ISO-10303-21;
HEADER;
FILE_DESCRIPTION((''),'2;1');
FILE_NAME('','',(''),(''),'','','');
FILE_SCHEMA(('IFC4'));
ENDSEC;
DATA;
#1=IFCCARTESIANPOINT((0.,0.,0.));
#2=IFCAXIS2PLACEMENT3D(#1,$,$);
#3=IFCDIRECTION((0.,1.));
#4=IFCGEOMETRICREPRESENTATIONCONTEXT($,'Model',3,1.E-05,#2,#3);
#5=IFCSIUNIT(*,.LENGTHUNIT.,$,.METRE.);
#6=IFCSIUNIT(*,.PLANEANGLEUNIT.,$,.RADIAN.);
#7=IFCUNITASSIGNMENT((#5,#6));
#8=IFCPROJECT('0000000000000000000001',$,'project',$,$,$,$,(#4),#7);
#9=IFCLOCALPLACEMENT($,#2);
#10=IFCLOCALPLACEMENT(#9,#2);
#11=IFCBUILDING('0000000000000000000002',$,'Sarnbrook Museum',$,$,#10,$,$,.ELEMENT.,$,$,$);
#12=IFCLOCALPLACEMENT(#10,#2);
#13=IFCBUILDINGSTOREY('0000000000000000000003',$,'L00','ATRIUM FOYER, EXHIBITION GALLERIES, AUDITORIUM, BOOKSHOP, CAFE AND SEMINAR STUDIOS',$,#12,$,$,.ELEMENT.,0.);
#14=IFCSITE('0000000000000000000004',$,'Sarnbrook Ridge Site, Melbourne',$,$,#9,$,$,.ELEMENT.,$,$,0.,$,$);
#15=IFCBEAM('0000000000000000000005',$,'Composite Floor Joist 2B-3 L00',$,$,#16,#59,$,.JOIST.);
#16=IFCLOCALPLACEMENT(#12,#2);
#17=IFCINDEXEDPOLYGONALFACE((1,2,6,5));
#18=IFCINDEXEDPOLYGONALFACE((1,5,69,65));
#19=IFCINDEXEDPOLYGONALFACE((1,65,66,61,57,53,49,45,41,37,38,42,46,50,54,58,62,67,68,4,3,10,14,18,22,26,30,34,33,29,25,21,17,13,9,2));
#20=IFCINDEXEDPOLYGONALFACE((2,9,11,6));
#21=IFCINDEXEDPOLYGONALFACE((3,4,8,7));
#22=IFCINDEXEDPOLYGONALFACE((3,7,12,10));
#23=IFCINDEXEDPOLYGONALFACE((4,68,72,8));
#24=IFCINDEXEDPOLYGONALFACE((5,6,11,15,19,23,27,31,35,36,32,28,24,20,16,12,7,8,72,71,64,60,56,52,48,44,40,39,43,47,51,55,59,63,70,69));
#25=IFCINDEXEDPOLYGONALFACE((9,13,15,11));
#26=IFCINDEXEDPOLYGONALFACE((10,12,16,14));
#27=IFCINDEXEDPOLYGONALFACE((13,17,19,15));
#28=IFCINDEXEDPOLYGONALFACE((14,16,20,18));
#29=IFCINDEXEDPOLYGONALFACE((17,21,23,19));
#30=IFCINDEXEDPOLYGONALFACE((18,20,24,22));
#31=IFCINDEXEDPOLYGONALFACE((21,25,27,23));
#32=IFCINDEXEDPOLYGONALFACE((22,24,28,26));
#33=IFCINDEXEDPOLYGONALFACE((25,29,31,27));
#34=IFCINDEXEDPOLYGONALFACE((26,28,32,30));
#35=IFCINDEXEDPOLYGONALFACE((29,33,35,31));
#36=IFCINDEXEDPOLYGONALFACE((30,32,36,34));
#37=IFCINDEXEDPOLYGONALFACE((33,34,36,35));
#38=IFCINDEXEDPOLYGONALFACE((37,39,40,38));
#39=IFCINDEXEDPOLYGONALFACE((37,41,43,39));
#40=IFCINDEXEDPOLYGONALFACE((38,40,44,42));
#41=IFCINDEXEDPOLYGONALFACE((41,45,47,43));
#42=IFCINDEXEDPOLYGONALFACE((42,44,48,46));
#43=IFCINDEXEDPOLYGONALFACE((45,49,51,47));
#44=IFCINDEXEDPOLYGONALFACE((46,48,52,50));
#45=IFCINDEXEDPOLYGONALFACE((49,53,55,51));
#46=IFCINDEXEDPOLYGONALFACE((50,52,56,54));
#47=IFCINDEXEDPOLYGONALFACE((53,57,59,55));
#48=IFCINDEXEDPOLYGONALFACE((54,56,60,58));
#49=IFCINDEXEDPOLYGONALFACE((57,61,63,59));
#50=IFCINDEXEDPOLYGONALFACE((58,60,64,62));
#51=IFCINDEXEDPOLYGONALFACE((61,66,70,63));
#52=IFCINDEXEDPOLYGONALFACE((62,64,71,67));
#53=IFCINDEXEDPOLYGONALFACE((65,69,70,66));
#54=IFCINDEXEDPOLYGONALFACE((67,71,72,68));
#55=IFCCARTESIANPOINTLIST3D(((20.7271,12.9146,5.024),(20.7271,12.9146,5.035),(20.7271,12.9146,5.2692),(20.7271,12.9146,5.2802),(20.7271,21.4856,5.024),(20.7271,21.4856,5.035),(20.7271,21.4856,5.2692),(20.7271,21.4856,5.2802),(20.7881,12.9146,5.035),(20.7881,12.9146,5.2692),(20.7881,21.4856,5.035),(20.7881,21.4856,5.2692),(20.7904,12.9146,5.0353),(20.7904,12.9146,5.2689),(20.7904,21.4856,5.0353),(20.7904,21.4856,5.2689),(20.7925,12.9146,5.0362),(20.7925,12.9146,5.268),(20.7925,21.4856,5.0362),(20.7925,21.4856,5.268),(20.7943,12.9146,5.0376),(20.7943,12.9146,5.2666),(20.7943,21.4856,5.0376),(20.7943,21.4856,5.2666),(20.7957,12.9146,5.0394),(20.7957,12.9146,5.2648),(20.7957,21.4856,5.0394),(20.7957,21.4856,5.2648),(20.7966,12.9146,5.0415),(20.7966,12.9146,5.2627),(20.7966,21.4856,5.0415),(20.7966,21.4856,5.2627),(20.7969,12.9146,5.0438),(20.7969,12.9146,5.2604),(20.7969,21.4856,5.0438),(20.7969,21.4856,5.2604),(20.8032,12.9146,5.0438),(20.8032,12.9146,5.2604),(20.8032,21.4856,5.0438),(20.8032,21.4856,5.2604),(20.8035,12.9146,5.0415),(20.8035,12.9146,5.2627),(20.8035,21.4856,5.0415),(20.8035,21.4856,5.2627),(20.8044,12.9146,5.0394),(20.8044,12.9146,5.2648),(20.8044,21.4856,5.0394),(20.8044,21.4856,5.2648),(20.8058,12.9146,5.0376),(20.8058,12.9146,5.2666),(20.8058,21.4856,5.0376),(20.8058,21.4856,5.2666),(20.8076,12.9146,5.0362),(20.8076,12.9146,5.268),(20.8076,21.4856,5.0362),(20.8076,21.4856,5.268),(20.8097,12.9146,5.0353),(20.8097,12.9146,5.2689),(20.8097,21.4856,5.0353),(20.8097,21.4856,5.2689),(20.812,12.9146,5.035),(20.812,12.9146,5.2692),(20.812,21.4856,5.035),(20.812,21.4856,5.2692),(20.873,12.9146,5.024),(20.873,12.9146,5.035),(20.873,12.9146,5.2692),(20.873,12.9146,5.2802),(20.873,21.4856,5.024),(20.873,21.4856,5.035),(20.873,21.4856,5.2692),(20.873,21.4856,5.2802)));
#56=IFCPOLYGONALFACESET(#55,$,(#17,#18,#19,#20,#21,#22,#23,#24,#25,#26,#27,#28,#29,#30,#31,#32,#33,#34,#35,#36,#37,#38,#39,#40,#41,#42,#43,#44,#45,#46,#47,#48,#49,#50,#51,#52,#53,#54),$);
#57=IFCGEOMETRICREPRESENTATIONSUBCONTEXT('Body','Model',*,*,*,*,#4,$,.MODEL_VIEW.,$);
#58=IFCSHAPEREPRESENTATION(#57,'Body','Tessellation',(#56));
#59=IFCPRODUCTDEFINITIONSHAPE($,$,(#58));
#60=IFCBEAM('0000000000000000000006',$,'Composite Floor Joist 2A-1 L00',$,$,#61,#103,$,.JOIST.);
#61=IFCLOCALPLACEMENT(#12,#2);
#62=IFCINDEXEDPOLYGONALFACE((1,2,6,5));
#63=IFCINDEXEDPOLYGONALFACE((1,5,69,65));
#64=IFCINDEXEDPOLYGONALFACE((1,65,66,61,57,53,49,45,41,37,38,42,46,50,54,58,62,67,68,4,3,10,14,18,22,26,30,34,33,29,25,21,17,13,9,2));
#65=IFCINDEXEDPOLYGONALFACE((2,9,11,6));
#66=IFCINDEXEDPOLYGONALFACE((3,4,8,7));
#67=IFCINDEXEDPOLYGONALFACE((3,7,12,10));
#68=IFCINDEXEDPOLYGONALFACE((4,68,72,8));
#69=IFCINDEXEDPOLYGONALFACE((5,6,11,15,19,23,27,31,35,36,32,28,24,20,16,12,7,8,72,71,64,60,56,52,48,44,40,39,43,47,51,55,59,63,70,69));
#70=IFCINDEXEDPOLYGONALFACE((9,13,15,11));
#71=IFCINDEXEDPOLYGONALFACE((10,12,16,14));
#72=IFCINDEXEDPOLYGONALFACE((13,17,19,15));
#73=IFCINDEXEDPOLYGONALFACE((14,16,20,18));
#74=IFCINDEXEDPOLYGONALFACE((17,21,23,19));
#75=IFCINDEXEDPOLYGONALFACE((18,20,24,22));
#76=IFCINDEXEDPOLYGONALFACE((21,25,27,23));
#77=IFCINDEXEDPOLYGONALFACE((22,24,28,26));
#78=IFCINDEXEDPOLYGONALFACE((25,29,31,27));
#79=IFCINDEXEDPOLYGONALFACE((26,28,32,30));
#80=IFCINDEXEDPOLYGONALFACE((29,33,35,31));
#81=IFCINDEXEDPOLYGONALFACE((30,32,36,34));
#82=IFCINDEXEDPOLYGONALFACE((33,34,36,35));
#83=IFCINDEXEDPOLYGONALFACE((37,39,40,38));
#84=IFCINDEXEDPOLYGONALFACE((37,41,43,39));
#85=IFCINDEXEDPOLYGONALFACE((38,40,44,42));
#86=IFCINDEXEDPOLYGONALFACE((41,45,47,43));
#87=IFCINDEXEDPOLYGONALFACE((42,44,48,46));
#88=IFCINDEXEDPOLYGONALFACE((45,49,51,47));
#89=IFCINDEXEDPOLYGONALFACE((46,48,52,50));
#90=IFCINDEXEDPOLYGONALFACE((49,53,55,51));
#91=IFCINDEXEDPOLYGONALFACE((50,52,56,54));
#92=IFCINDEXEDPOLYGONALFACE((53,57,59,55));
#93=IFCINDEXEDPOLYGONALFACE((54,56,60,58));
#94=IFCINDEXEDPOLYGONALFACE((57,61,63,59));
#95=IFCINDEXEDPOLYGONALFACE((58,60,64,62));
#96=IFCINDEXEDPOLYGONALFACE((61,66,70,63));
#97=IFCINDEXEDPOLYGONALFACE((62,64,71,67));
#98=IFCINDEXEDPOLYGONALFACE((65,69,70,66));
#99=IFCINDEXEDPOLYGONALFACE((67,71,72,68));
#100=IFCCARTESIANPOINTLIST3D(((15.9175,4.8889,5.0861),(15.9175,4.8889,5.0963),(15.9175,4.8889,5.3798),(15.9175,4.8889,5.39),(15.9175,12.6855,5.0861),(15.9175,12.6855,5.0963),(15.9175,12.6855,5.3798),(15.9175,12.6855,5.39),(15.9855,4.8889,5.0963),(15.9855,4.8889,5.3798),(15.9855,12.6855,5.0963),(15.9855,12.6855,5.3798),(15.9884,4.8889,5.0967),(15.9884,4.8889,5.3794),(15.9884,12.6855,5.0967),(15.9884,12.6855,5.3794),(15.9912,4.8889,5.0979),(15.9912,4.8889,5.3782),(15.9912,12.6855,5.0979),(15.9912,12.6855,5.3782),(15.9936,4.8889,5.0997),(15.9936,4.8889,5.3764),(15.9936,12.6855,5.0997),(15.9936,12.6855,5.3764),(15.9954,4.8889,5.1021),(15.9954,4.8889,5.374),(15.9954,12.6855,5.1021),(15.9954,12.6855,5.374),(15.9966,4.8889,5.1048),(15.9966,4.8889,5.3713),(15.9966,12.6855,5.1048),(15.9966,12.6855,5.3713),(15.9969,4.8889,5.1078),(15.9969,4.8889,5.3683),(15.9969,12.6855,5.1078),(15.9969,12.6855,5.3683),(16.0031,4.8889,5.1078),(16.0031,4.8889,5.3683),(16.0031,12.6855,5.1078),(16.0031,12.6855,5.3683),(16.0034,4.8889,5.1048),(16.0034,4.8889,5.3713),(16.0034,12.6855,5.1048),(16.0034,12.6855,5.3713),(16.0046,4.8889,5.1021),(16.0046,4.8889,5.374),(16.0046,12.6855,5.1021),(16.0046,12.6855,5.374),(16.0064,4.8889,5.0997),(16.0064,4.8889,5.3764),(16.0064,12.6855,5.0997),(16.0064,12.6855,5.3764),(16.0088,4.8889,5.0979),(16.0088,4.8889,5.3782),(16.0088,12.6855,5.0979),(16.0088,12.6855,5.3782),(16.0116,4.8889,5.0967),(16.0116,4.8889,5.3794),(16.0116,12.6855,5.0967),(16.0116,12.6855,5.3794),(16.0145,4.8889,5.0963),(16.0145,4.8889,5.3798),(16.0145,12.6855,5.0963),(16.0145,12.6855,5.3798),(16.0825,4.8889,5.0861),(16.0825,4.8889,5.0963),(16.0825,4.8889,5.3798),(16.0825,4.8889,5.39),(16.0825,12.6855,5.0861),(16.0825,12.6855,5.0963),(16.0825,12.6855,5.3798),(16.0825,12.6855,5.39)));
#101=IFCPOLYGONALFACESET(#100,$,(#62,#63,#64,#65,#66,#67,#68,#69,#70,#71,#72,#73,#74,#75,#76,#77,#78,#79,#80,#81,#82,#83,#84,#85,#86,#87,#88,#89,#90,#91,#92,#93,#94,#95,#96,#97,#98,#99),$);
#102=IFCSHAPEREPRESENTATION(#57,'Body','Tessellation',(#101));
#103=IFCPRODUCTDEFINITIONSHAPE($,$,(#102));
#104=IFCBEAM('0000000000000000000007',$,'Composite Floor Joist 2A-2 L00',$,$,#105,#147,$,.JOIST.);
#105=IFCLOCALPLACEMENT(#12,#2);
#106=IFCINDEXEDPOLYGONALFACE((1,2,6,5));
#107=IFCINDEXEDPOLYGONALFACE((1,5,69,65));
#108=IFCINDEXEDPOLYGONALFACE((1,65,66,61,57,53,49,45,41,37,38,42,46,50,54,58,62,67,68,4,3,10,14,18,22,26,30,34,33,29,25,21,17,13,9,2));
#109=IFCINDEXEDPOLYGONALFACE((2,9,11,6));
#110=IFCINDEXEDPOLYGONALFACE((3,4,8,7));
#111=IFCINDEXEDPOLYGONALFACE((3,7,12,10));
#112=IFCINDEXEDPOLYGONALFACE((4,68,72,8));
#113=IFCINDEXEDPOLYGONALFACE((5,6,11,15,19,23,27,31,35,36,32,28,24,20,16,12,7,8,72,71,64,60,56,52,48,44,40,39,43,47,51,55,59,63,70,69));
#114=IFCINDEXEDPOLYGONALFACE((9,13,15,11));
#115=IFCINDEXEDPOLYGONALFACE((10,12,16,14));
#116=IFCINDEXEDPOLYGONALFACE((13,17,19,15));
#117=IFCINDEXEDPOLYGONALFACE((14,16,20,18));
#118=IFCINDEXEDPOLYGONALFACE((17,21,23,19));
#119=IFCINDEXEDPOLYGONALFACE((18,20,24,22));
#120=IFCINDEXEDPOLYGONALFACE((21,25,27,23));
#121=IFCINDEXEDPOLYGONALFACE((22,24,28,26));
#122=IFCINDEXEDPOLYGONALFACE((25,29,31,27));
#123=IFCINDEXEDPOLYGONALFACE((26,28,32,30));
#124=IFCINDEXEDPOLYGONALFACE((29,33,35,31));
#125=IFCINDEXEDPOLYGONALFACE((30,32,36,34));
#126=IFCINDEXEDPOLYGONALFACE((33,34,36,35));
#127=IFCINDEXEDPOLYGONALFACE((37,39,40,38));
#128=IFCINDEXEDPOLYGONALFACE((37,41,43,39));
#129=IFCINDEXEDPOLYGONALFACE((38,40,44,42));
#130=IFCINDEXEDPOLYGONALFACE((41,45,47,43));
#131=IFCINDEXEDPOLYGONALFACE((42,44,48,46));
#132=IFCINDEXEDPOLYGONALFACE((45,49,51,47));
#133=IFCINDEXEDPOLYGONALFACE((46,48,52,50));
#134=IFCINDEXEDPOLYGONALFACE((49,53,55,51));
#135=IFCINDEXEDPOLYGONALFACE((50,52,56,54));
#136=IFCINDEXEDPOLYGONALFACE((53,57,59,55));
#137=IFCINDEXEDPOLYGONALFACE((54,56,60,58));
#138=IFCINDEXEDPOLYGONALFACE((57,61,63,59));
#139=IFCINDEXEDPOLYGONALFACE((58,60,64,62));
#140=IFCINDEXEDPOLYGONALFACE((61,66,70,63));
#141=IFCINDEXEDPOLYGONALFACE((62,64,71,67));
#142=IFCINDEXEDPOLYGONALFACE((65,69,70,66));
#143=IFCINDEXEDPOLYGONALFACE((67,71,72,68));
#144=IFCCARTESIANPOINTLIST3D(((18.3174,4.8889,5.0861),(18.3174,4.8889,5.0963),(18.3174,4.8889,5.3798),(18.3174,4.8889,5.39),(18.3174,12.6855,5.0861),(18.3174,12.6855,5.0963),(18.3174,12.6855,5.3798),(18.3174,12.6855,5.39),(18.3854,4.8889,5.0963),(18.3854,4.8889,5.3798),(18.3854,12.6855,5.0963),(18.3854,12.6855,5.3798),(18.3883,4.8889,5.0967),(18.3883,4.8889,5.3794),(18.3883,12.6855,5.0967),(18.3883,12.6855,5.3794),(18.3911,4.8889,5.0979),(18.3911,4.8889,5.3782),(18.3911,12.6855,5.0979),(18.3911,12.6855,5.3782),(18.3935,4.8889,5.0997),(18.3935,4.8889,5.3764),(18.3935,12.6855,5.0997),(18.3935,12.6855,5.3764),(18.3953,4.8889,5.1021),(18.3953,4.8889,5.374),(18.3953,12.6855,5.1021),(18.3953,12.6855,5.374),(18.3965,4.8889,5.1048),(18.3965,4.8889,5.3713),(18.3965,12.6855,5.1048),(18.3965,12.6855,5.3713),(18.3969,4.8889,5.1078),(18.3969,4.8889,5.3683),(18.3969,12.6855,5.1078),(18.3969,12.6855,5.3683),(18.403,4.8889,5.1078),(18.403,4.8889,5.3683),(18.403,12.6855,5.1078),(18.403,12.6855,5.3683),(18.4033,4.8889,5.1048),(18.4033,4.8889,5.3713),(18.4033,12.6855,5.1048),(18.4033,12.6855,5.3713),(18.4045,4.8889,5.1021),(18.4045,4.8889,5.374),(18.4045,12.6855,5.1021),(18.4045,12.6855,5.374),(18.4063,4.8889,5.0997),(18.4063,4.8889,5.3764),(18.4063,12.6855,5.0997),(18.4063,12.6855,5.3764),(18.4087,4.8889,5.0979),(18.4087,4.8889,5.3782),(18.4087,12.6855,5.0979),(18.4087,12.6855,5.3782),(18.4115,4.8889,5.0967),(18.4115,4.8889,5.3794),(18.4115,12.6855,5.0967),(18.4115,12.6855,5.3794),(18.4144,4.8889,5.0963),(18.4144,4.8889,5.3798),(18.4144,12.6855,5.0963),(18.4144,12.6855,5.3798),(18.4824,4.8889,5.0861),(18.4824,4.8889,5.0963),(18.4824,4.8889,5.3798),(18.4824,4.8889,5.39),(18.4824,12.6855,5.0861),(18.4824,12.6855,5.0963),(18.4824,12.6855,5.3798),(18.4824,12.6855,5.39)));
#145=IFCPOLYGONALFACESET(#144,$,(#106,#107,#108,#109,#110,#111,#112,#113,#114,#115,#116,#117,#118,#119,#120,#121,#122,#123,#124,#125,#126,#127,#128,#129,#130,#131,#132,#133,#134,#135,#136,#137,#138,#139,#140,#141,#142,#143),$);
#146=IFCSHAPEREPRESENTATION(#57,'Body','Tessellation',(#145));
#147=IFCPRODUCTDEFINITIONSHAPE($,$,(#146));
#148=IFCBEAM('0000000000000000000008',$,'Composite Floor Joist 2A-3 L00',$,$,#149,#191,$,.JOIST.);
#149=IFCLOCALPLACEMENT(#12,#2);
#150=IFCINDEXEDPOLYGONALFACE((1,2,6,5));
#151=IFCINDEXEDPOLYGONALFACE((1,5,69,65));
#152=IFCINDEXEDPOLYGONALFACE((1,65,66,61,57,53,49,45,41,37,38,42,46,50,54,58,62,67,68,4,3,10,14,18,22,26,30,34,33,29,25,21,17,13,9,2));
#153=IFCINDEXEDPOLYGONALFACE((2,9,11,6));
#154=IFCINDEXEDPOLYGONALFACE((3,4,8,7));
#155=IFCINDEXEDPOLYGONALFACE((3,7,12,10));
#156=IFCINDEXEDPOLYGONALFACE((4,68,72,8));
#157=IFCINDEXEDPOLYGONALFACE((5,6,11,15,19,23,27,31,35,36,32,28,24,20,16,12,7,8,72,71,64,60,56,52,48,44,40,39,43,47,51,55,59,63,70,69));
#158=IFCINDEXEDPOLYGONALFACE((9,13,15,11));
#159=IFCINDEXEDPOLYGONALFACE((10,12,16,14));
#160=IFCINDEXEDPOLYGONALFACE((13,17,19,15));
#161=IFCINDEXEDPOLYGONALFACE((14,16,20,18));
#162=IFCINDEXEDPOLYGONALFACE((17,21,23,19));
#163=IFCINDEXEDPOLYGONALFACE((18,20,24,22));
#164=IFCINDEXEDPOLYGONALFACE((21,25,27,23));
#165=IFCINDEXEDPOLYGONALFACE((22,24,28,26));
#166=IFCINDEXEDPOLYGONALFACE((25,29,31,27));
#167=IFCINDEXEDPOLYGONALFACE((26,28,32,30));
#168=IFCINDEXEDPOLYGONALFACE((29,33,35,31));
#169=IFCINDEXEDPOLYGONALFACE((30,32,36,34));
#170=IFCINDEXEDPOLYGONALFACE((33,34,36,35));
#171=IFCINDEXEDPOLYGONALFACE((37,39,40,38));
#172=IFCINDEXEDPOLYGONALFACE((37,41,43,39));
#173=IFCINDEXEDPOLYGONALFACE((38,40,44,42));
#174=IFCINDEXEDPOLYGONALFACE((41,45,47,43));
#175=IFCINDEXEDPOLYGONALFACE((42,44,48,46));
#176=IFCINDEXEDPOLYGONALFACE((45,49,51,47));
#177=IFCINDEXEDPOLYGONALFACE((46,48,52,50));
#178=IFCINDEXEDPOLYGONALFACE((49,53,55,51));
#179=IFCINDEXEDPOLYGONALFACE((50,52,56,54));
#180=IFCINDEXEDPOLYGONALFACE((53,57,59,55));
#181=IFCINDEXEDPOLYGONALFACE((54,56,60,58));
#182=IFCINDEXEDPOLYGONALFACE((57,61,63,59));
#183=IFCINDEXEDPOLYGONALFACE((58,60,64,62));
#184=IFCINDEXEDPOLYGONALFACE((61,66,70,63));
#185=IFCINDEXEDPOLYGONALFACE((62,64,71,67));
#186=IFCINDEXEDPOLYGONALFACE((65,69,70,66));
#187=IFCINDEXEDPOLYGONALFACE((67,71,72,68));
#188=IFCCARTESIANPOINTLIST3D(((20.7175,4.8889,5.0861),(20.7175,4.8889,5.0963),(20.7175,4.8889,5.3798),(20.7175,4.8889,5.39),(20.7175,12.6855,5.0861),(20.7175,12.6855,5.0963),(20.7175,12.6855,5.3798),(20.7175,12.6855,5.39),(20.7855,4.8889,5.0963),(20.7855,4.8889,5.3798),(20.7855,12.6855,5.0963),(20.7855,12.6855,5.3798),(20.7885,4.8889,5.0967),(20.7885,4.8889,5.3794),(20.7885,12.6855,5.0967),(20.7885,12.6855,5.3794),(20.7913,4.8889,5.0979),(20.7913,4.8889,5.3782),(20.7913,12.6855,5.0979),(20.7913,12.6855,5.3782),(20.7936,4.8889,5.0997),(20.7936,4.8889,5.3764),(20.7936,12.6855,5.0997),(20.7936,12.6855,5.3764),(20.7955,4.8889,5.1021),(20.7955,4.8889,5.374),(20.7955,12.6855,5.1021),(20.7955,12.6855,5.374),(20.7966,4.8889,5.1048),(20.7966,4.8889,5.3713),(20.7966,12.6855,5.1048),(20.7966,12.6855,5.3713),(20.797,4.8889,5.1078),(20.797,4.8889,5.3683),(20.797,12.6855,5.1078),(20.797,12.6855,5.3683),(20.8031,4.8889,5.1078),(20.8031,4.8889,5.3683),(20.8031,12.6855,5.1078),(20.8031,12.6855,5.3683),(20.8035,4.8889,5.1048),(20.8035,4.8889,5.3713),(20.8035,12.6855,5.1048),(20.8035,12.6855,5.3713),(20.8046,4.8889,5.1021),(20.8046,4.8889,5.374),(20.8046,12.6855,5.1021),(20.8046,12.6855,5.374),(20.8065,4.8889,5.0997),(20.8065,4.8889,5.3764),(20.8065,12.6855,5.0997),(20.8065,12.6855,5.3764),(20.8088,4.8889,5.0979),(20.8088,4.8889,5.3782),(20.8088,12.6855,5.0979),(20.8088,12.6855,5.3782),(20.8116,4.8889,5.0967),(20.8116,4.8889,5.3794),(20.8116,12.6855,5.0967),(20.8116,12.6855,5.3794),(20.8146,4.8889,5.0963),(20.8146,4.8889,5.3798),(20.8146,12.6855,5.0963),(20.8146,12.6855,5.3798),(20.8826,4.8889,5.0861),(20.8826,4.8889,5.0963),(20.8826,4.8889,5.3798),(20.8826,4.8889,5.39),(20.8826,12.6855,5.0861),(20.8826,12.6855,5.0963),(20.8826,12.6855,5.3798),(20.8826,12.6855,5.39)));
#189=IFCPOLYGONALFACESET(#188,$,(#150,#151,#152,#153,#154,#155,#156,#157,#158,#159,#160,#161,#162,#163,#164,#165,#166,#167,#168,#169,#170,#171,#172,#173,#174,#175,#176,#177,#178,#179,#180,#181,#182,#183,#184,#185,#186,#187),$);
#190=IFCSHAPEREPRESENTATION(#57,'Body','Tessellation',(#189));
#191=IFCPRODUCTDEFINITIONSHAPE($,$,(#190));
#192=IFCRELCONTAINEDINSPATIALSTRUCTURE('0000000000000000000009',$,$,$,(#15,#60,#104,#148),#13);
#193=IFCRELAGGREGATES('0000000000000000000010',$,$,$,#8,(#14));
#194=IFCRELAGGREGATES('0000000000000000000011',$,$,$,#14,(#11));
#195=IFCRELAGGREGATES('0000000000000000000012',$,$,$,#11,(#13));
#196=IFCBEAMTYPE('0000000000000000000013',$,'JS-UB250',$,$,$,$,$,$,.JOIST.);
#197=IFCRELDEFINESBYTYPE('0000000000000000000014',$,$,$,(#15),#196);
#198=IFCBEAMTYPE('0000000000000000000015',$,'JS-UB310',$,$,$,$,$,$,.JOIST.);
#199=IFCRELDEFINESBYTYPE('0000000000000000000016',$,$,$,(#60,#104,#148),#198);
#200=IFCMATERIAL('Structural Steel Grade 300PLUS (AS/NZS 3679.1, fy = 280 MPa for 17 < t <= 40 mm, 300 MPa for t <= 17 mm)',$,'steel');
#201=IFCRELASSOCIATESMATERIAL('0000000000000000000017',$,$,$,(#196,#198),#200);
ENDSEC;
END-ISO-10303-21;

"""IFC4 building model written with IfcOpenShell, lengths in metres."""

from ifc_helpers import new_model, si_unit, direction, frame, origin, origin_2d, place, context, subcontext, project, spatial, i_section, extrude, material, material_profile, profile_set, type_object, element, save


model = new_model("IFC4")

# Units and contexts
model_context = context("Model", 3, precision=1e-05, world=origin(), true_north=direction((0.0, 1.0)))
body_context = subcontext(model_context, "Body", "Model", "MODEL_VIEW")
ifc_project = project(units=[si_unit("LENGTHUNIT", "METRE"), si_unit("PLANEANGLEUNIT", "RADIAN")], contexts=[model_context])

# Site, building, storey
site_placement = place(None, origin())
site = spatial("IfcSite", under=ifc_project, at=site_placement, Name="Sarnbrook Ridge Site, Melbourne", CompositionType="ELEMENT", RefElevation=0.0)
building_placement = place(site_placement, origin())
building = spatial("IfcBuilding", under=site, at=building_placement, Name="Sarnbrook Museum", CompositionType="ELEMENT")
storey_placement = place(building_placement, origin())
storey = spatial("IfcBuildingStorey", under=building, at=storey_placement, Name="L00", Description="ATRIUM FOYER, EXHIBITION GALLERIES, AUDITORIUM, BOOKSHOP, CAFE AND SEMINAR STUDIOS", CompositionType="ELEMENT", Elevation=0.0)

# Shared definitions
ifc_material_1 = material(Name="Structural Steel Grade 300PLUS (AS/NZS 3679.1, fy = 280 MPa for 17 < t <= 40 mm, 300 MPa for t <= 17 mm)", Category="steel")

# Beams
ifc_material_profile_1 = material_profile(ifc_material_1, i_section(OverallWidth=0.146, OverallDepth=0.2561, WebThickness=0.0063, FlangeThickness=0.011, FilletRadius=0.0088, at=origin_2d()), Name="250UB37.3")
ifc_profile_set_1 = profile_set([ifc_material_profile_1], Name="Structural Steel Grade 300PLUS (AS/NZS 3679.1, fy = 280 MPa for 17 < t <= 40 mm, 300 MPa for t <= 17 mm)")
beam_type_1 = type_object("IfcBeamType", Name="JS-UB250", PredefinedType="JOIST", material=ifc_profile_set_1)
for number, where, z_axis, x_axis, name in (
    (1, (20.8, 12.9146, 5.1521), (0.0, 1.0, 0.0), (-1.0, 0.0, 0.0), "Composite Floor Joist 2B-3 L00"),
):
    element("IfcBeam", number, at=place(storey_placement, frame(where, z_axis=z_axis, x_axis=x_axis)), inside=storey, type_object=beam_type_1, Name=name, PredefinedType="JOIST", context=body_context, shape_type="SweptSolid", body=[
        extrude(i_section(OverallWidth=0.146, OverallDepth=0.2561, WebThickness=0.0063, FlangeThickness=0.011, FilletRadius=0.0088, at=origin_2d()), origin(), (0.0, 0.0, 1.0), 8.571),
    ])
ifc_material_profile_2 = material_profile(ifc_material_1, i_section(OverallWidth=0.165, OverallDepth=0.304, WebThickness=0.0061, FlangeThickness=0.0103, FilletRadius=0.0115, at=origin_2d()), Name="310UB40.4")
ifc_profile_set_2 = profile_set([ifc_material_profile_2], Name="Structural Steel Grade 300PLUS (AS/NZS 3679.1, fy = 280 MPa for 17 < t <= 40 mm, 300 MPa for t <= 17 mm)")
beam_type_2 = type_object("IfcBeamType", Name="JS-UB310", PredefinedType="JOIST", material=ifc_profile_set_2)
for number, where, z_axis, x_axis, name in (
    (2, (16.0, 4.8889, 5.238), (0.0, 1.0, 0.0), (-1.0, 0.0, 0.0), "Composite Floor Joist 2A-1 L00"),
    (3, (18.3999, 4.8889, 5.238), (0.0, 1.0, 0.0), (-1.0, 0.0, 0.0), "Composite Floor Joist 2A-2 L00"),
    (4, (20.8, 4.8889, 5.238), (0.0, 1.0, 0.0), (-1.0, 0.0, 0.0), "Composite Floor Joist 2A-3 L00"),
):
    element("IfcBeam", number, at=place(storey_placement, frame(where, z_axis=z_axis, x_axis=x_axis)), inside=storey, type_object=beam_type_2, Name=name, PredefinedType="JOIST", context=body_context, shape_type="SweptSolid", body=[
        extrude(i_section(OverallWidth=0.165, OverallDepth=0.304, WebThickness=0.0061, FlangeThickness=0.0103, FilletRadius=0.0115, at=origin_2d()), origin(), (0.0, 0.0, 1.0), 7.7966),
    ])

save(model, "model.ifc")
